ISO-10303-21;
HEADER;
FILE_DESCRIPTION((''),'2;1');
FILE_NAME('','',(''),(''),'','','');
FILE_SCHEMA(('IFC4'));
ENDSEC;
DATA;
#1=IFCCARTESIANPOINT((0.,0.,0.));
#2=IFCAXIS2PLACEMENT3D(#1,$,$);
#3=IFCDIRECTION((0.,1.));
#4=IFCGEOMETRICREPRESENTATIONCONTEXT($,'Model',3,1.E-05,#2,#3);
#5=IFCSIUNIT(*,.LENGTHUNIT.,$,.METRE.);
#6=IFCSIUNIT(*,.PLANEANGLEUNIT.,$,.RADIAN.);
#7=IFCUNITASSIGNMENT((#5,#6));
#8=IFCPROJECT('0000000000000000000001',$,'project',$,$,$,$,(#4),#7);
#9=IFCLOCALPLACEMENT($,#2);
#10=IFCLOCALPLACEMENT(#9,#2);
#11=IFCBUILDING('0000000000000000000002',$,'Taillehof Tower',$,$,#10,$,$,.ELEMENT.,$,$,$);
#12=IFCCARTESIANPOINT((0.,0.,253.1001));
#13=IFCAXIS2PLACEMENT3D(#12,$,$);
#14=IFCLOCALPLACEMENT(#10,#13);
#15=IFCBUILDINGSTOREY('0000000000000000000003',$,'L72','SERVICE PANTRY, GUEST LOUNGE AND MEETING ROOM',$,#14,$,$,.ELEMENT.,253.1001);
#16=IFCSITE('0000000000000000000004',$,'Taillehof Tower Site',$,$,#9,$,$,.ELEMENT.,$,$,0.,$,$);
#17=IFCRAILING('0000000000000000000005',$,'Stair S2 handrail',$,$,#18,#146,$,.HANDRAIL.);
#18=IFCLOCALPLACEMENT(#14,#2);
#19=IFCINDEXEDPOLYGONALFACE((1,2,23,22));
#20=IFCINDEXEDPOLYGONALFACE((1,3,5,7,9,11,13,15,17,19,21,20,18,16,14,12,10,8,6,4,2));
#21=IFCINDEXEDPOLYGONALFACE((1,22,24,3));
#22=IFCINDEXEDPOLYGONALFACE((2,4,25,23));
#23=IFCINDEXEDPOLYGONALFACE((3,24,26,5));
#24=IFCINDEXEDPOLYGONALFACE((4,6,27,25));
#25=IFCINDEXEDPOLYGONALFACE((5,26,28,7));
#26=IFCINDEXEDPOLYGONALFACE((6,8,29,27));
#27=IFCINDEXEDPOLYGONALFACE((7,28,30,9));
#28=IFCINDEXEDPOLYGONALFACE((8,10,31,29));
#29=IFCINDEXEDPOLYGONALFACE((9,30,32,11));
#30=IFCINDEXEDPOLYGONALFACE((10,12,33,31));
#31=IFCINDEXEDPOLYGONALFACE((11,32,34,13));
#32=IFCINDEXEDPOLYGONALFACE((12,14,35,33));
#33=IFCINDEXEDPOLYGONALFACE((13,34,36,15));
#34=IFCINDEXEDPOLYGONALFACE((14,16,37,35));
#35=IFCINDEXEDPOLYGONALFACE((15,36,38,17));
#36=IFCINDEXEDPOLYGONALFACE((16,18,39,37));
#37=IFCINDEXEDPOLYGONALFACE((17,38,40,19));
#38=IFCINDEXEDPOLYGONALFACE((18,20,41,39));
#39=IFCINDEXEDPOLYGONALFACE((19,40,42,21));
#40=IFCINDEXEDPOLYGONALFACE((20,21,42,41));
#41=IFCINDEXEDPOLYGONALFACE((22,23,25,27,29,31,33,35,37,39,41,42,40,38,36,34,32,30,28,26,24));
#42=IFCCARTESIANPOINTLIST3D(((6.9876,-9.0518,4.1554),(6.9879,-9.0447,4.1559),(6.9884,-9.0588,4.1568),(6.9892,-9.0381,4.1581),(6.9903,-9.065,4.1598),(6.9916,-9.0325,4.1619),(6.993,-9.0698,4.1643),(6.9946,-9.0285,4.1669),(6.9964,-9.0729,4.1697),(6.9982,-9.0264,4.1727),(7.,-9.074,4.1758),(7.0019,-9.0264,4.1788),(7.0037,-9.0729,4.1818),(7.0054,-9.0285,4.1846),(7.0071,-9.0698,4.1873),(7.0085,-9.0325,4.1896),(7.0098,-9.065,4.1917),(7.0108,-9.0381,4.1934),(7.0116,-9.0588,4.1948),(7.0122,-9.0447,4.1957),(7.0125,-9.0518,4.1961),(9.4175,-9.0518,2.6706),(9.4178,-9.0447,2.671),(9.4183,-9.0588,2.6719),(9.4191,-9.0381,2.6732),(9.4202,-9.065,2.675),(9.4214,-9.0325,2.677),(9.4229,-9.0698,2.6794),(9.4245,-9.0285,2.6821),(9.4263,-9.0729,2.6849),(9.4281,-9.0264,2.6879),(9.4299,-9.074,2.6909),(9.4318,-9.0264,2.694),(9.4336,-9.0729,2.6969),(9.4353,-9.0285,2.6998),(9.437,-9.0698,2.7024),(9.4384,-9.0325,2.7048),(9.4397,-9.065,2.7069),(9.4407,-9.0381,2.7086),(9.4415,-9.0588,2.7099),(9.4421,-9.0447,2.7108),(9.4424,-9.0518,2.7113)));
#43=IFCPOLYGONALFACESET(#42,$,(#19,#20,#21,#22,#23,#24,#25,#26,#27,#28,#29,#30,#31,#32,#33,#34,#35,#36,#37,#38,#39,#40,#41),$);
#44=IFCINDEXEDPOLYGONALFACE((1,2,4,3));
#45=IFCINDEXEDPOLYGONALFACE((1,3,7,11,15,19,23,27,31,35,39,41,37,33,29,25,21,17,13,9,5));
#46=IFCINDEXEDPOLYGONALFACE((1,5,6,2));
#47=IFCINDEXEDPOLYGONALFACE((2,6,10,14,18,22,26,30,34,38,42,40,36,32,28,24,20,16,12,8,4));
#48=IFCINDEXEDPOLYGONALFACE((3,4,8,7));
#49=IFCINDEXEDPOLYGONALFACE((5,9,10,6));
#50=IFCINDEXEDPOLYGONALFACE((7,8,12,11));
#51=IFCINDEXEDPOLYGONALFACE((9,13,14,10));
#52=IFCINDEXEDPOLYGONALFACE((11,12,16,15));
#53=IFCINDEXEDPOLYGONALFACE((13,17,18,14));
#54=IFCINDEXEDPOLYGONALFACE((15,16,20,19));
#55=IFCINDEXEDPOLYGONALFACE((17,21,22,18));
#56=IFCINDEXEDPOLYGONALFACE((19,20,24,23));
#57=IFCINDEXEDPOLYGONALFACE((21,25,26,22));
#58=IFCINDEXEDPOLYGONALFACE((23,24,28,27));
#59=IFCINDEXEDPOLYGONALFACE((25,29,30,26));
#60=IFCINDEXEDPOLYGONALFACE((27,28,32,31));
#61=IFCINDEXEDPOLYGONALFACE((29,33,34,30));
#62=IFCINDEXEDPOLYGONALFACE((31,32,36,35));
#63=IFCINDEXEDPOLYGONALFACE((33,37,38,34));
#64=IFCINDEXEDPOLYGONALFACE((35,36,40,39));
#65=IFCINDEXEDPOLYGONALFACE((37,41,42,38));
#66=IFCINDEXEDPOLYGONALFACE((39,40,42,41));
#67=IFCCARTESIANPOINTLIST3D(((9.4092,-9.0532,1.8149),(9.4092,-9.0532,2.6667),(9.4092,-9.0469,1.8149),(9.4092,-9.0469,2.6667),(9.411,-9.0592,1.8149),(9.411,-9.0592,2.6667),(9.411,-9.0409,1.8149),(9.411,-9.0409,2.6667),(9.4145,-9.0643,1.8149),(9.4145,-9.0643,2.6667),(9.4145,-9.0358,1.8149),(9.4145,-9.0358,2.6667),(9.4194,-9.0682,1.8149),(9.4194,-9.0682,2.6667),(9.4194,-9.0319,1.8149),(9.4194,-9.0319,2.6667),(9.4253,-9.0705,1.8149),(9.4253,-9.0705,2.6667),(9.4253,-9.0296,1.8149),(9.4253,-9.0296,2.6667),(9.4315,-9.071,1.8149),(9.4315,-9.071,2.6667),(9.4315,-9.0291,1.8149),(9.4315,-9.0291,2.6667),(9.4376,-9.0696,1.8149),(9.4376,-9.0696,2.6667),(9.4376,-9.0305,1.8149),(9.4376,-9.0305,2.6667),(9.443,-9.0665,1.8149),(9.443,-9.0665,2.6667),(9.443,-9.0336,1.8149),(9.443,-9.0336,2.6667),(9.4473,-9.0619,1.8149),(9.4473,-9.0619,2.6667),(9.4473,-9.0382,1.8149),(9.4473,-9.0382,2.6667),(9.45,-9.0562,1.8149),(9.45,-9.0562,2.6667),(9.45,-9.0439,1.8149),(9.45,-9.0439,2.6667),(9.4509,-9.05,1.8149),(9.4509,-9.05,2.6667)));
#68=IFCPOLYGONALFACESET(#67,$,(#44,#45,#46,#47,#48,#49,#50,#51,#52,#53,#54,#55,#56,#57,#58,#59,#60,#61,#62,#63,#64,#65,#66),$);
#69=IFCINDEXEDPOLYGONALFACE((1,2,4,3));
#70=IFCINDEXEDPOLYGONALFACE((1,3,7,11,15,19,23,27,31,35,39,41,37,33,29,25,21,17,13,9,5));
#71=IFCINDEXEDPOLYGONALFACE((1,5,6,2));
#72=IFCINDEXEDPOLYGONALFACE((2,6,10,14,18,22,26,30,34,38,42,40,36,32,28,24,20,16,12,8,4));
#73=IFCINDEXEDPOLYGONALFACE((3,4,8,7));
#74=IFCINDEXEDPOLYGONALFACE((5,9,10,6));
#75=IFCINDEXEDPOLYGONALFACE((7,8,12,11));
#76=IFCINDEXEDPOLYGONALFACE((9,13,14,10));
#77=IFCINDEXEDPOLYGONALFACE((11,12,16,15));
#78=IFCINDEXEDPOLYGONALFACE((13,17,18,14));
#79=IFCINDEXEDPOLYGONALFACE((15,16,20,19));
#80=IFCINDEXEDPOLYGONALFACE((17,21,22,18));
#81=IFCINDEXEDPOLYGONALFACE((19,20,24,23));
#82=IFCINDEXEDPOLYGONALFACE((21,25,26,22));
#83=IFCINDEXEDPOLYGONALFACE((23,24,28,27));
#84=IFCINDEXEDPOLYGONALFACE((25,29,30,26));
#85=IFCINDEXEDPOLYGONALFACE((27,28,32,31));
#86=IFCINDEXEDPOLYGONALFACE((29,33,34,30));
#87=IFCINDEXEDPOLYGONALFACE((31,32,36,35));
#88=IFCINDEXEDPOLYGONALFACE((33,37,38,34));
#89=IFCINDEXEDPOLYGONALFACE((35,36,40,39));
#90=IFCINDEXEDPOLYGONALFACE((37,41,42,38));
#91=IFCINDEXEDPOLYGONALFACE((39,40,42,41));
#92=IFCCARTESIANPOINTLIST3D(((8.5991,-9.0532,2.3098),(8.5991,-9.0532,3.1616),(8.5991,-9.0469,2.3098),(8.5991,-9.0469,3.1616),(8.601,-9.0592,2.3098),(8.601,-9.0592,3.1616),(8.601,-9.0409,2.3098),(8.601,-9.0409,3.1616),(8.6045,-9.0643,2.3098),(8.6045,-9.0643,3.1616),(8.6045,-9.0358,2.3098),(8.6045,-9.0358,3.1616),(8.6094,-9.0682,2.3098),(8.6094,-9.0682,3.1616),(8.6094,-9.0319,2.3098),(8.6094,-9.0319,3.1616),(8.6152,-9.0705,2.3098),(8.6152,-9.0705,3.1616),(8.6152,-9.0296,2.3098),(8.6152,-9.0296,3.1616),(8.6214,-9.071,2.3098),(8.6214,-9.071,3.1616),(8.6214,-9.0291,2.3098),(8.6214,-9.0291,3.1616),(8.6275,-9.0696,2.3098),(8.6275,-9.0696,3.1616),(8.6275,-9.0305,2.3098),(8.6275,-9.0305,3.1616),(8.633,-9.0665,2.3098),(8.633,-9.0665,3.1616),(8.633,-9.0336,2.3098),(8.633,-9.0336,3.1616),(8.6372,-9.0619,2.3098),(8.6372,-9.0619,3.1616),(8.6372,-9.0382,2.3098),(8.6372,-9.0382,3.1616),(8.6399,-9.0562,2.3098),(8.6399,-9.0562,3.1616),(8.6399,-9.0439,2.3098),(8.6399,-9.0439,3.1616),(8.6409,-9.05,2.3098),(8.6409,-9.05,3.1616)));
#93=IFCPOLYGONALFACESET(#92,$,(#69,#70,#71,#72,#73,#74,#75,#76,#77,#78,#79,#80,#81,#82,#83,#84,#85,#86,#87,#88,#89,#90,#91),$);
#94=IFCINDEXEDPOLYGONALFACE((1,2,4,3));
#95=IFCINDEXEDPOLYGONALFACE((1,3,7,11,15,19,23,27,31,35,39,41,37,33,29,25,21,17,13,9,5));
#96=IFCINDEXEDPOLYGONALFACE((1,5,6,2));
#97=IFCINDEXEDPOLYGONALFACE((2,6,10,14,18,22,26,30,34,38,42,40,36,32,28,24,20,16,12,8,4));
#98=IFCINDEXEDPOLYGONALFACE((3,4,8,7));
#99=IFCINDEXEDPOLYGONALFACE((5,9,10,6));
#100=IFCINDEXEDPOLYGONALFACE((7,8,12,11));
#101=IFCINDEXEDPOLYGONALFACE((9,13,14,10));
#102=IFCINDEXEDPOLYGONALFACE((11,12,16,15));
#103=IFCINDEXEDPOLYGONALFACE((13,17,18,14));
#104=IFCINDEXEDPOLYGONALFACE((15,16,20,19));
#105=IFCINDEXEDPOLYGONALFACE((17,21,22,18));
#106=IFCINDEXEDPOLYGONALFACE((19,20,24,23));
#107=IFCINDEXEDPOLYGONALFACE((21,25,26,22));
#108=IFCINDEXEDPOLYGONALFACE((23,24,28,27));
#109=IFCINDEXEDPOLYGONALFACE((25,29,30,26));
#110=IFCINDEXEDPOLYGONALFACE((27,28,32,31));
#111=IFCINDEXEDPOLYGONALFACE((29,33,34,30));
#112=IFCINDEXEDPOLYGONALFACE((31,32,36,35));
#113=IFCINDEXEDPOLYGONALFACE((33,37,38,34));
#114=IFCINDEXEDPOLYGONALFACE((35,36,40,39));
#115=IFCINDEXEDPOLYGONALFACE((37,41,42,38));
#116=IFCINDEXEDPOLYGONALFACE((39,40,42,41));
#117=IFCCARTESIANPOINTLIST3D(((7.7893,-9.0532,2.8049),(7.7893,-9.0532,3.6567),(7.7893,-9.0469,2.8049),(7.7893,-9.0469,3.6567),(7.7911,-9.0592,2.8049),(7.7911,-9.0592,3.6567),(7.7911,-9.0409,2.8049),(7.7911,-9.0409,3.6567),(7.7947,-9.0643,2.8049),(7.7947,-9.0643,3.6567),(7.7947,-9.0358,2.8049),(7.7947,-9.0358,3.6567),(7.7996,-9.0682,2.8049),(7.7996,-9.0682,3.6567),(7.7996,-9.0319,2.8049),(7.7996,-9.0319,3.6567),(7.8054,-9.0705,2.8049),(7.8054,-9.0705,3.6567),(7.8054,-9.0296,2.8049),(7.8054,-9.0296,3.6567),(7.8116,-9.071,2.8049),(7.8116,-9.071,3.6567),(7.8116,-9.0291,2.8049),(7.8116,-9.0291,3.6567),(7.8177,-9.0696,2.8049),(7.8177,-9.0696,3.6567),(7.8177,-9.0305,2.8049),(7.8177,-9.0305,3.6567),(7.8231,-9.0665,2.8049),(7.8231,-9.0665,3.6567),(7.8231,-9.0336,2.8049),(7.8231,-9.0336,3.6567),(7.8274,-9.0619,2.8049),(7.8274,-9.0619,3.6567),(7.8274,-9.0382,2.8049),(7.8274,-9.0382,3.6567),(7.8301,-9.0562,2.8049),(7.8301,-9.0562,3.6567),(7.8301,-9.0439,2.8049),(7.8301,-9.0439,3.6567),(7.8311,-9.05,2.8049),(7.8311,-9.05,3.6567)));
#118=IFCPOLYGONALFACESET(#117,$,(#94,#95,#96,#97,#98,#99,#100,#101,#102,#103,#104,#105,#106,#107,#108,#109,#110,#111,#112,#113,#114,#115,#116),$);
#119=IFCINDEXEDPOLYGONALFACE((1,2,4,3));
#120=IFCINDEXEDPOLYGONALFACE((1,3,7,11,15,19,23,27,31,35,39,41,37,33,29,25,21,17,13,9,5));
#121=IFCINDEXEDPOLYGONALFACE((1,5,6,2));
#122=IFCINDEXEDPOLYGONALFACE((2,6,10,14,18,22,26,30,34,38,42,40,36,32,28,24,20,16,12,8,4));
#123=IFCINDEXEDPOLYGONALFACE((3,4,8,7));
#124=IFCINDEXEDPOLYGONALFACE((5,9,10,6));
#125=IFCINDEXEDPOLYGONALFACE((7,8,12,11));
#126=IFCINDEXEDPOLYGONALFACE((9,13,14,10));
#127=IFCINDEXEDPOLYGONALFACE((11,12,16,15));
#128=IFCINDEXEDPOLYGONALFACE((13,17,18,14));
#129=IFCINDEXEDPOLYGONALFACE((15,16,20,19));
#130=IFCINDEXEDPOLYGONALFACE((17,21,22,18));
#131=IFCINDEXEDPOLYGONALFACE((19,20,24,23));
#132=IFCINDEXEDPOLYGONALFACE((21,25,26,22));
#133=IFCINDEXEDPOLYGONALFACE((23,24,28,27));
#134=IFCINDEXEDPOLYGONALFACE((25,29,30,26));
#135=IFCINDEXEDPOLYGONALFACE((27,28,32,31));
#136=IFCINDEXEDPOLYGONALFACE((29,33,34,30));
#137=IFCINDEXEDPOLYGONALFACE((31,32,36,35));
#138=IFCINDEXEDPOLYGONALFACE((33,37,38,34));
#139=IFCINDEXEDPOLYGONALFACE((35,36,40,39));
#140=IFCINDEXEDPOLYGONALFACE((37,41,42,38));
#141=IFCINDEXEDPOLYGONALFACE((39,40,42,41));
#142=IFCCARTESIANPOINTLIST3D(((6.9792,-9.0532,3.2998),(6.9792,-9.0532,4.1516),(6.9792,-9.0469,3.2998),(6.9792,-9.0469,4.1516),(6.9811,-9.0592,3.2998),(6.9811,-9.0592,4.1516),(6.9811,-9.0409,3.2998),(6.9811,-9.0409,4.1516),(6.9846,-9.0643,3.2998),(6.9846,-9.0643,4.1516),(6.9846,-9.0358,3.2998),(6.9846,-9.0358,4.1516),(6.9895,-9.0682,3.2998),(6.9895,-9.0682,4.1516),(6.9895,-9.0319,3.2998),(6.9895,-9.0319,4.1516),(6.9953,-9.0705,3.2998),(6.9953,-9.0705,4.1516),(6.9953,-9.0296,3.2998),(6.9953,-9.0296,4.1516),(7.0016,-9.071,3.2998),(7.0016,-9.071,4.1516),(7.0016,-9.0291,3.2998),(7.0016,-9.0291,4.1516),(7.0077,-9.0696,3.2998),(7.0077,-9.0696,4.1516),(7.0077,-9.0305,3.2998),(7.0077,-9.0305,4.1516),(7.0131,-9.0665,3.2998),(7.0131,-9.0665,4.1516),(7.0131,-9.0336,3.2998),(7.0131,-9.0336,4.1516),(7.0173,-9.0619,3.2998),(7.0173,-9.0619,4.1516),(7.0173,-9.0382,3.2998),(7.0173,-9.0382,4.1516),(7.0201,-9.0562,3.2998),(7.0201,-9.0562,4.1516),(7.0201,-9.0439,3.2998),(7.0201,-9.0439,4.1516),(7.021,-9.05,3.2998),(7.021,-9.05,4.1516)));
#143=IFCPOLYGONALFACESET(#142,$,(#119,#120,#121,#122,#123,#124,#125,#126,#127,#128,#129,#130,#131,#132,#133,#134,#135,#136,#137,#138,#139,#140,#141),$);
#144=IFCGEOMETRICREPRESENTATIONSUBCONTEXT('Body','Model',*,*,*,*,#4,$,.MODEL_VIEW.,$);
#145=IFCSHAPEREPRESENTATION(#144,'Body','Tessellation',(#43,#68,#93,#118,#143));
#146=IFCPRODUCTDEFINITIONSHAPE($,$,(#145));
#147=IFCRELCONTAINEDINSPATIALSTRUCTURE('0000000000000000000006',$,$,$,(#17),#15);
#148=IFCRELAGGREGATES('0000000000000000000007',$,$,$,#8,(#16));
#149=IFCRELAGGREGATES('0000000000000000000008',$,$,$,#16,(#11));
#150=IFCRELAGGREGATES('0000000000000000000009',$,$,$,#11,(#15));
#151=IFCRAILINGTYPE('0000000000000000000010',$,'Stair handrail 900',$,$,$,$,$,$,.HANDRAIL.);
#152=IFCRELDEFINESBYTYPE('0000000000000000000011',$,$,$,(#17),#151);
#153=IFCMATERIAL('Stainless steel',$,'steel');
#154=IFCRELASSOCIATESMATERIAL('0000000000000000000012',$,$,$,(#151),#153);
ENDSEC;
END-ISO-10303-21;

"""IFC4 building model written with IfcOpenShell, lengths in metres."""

from ifc_helpers import new_model, si_unit, direction, frame, origin, origin_2d, place, context, subcontext, project, spatial, circle, extrude, material, type_object, element, save


model = new_model("IFC4")

# Units and contexts
model_context = context("Model", 3, precision=1e-05, world=origin(), true_north=direction((0.0, 1.0)))
body_context = subcontext(model_context, "Body", "Model", "MODEL_VIEW")
ifc_project = project(units=[si_unit("LENGTHUNIT", "METRE"), si_unit("PLANEANGLEUNIT", "RADIAN")], contexts=[model_context])

# Site, building, storey
site_placement = place(None, origin())
site = spatial("IfcSite", under=ifc_project, at=site_placement, Name="Taillehof Tower Site", CompositionType="ELEMENT", RefElevation=0.0)
building_placement = place(site_placement, origin())
building = spatial("IfcBuilding", under=site, at=building_placement, Name="Taillehof Tower", CompositionType="ELEMENT")
storey_placement = place(building_placement, frame((0.0, 0.0, 253.1001)))
storey = spatial("IfcBuildingStorey", under=building, at=storey_placement, Name="L72", Description="SERVICE PANTRY, GUEST LOUNGE AND MEETING ROOM", CompositionType="ELEMENT", Elevation=253.1001)

# Railing
ifc_material_1 = material(Name="Stainless steel", Category="steel")
railing_type = type_object("IfcRailingType", Name="Stair handrail 900", PredefinedType="HANDRAIL", material=ifc_material_1)
railing_placement = place(storey_placement, frame((9.4299, -9.05, 1.8149)))
element("IfcRailing", 1, at=railing_placement, inside=storey, type_object=railing_type, Name="Stair S2 handrail", PredefinedType="HANDRAIL", context=body_context, shape_type="SweptSolid", body=[
    extrude(circle(Radius=0.0239, at=origin_2d()), frame((0.0, 0.0, 0.876), z_axis=(-0.853297, 0.0, 0.521426), x_axis=(0.0, -1.0, 0.0)), (0.0, 0.0, 1.0), 2.8477),
    extrude(circle(Radius=0.021, at=origin_2d()), origin(), (0.0, 0.0, 1.0), 0.8518),
    extrude(circle(Radius=0.021, at=origin_2d()), frame((-0.8101, 0.0, 0.4949)), (0.0, 0.0, 1.0), 0.8518),
    extrude(circle(Radius=0.021, at=origin_2d()), frame((-1.6199, 0.0, 0.99)), (0.0, 0.0, 1.0), 0.8518),
    extrude(circle(Radius=0.021, at=origin_2d()), frame((-2.4299, 0.0, 1.4849)), (0.0, 0.0, 1.0), 0.8518),
])

save(model, "model.ifc")
